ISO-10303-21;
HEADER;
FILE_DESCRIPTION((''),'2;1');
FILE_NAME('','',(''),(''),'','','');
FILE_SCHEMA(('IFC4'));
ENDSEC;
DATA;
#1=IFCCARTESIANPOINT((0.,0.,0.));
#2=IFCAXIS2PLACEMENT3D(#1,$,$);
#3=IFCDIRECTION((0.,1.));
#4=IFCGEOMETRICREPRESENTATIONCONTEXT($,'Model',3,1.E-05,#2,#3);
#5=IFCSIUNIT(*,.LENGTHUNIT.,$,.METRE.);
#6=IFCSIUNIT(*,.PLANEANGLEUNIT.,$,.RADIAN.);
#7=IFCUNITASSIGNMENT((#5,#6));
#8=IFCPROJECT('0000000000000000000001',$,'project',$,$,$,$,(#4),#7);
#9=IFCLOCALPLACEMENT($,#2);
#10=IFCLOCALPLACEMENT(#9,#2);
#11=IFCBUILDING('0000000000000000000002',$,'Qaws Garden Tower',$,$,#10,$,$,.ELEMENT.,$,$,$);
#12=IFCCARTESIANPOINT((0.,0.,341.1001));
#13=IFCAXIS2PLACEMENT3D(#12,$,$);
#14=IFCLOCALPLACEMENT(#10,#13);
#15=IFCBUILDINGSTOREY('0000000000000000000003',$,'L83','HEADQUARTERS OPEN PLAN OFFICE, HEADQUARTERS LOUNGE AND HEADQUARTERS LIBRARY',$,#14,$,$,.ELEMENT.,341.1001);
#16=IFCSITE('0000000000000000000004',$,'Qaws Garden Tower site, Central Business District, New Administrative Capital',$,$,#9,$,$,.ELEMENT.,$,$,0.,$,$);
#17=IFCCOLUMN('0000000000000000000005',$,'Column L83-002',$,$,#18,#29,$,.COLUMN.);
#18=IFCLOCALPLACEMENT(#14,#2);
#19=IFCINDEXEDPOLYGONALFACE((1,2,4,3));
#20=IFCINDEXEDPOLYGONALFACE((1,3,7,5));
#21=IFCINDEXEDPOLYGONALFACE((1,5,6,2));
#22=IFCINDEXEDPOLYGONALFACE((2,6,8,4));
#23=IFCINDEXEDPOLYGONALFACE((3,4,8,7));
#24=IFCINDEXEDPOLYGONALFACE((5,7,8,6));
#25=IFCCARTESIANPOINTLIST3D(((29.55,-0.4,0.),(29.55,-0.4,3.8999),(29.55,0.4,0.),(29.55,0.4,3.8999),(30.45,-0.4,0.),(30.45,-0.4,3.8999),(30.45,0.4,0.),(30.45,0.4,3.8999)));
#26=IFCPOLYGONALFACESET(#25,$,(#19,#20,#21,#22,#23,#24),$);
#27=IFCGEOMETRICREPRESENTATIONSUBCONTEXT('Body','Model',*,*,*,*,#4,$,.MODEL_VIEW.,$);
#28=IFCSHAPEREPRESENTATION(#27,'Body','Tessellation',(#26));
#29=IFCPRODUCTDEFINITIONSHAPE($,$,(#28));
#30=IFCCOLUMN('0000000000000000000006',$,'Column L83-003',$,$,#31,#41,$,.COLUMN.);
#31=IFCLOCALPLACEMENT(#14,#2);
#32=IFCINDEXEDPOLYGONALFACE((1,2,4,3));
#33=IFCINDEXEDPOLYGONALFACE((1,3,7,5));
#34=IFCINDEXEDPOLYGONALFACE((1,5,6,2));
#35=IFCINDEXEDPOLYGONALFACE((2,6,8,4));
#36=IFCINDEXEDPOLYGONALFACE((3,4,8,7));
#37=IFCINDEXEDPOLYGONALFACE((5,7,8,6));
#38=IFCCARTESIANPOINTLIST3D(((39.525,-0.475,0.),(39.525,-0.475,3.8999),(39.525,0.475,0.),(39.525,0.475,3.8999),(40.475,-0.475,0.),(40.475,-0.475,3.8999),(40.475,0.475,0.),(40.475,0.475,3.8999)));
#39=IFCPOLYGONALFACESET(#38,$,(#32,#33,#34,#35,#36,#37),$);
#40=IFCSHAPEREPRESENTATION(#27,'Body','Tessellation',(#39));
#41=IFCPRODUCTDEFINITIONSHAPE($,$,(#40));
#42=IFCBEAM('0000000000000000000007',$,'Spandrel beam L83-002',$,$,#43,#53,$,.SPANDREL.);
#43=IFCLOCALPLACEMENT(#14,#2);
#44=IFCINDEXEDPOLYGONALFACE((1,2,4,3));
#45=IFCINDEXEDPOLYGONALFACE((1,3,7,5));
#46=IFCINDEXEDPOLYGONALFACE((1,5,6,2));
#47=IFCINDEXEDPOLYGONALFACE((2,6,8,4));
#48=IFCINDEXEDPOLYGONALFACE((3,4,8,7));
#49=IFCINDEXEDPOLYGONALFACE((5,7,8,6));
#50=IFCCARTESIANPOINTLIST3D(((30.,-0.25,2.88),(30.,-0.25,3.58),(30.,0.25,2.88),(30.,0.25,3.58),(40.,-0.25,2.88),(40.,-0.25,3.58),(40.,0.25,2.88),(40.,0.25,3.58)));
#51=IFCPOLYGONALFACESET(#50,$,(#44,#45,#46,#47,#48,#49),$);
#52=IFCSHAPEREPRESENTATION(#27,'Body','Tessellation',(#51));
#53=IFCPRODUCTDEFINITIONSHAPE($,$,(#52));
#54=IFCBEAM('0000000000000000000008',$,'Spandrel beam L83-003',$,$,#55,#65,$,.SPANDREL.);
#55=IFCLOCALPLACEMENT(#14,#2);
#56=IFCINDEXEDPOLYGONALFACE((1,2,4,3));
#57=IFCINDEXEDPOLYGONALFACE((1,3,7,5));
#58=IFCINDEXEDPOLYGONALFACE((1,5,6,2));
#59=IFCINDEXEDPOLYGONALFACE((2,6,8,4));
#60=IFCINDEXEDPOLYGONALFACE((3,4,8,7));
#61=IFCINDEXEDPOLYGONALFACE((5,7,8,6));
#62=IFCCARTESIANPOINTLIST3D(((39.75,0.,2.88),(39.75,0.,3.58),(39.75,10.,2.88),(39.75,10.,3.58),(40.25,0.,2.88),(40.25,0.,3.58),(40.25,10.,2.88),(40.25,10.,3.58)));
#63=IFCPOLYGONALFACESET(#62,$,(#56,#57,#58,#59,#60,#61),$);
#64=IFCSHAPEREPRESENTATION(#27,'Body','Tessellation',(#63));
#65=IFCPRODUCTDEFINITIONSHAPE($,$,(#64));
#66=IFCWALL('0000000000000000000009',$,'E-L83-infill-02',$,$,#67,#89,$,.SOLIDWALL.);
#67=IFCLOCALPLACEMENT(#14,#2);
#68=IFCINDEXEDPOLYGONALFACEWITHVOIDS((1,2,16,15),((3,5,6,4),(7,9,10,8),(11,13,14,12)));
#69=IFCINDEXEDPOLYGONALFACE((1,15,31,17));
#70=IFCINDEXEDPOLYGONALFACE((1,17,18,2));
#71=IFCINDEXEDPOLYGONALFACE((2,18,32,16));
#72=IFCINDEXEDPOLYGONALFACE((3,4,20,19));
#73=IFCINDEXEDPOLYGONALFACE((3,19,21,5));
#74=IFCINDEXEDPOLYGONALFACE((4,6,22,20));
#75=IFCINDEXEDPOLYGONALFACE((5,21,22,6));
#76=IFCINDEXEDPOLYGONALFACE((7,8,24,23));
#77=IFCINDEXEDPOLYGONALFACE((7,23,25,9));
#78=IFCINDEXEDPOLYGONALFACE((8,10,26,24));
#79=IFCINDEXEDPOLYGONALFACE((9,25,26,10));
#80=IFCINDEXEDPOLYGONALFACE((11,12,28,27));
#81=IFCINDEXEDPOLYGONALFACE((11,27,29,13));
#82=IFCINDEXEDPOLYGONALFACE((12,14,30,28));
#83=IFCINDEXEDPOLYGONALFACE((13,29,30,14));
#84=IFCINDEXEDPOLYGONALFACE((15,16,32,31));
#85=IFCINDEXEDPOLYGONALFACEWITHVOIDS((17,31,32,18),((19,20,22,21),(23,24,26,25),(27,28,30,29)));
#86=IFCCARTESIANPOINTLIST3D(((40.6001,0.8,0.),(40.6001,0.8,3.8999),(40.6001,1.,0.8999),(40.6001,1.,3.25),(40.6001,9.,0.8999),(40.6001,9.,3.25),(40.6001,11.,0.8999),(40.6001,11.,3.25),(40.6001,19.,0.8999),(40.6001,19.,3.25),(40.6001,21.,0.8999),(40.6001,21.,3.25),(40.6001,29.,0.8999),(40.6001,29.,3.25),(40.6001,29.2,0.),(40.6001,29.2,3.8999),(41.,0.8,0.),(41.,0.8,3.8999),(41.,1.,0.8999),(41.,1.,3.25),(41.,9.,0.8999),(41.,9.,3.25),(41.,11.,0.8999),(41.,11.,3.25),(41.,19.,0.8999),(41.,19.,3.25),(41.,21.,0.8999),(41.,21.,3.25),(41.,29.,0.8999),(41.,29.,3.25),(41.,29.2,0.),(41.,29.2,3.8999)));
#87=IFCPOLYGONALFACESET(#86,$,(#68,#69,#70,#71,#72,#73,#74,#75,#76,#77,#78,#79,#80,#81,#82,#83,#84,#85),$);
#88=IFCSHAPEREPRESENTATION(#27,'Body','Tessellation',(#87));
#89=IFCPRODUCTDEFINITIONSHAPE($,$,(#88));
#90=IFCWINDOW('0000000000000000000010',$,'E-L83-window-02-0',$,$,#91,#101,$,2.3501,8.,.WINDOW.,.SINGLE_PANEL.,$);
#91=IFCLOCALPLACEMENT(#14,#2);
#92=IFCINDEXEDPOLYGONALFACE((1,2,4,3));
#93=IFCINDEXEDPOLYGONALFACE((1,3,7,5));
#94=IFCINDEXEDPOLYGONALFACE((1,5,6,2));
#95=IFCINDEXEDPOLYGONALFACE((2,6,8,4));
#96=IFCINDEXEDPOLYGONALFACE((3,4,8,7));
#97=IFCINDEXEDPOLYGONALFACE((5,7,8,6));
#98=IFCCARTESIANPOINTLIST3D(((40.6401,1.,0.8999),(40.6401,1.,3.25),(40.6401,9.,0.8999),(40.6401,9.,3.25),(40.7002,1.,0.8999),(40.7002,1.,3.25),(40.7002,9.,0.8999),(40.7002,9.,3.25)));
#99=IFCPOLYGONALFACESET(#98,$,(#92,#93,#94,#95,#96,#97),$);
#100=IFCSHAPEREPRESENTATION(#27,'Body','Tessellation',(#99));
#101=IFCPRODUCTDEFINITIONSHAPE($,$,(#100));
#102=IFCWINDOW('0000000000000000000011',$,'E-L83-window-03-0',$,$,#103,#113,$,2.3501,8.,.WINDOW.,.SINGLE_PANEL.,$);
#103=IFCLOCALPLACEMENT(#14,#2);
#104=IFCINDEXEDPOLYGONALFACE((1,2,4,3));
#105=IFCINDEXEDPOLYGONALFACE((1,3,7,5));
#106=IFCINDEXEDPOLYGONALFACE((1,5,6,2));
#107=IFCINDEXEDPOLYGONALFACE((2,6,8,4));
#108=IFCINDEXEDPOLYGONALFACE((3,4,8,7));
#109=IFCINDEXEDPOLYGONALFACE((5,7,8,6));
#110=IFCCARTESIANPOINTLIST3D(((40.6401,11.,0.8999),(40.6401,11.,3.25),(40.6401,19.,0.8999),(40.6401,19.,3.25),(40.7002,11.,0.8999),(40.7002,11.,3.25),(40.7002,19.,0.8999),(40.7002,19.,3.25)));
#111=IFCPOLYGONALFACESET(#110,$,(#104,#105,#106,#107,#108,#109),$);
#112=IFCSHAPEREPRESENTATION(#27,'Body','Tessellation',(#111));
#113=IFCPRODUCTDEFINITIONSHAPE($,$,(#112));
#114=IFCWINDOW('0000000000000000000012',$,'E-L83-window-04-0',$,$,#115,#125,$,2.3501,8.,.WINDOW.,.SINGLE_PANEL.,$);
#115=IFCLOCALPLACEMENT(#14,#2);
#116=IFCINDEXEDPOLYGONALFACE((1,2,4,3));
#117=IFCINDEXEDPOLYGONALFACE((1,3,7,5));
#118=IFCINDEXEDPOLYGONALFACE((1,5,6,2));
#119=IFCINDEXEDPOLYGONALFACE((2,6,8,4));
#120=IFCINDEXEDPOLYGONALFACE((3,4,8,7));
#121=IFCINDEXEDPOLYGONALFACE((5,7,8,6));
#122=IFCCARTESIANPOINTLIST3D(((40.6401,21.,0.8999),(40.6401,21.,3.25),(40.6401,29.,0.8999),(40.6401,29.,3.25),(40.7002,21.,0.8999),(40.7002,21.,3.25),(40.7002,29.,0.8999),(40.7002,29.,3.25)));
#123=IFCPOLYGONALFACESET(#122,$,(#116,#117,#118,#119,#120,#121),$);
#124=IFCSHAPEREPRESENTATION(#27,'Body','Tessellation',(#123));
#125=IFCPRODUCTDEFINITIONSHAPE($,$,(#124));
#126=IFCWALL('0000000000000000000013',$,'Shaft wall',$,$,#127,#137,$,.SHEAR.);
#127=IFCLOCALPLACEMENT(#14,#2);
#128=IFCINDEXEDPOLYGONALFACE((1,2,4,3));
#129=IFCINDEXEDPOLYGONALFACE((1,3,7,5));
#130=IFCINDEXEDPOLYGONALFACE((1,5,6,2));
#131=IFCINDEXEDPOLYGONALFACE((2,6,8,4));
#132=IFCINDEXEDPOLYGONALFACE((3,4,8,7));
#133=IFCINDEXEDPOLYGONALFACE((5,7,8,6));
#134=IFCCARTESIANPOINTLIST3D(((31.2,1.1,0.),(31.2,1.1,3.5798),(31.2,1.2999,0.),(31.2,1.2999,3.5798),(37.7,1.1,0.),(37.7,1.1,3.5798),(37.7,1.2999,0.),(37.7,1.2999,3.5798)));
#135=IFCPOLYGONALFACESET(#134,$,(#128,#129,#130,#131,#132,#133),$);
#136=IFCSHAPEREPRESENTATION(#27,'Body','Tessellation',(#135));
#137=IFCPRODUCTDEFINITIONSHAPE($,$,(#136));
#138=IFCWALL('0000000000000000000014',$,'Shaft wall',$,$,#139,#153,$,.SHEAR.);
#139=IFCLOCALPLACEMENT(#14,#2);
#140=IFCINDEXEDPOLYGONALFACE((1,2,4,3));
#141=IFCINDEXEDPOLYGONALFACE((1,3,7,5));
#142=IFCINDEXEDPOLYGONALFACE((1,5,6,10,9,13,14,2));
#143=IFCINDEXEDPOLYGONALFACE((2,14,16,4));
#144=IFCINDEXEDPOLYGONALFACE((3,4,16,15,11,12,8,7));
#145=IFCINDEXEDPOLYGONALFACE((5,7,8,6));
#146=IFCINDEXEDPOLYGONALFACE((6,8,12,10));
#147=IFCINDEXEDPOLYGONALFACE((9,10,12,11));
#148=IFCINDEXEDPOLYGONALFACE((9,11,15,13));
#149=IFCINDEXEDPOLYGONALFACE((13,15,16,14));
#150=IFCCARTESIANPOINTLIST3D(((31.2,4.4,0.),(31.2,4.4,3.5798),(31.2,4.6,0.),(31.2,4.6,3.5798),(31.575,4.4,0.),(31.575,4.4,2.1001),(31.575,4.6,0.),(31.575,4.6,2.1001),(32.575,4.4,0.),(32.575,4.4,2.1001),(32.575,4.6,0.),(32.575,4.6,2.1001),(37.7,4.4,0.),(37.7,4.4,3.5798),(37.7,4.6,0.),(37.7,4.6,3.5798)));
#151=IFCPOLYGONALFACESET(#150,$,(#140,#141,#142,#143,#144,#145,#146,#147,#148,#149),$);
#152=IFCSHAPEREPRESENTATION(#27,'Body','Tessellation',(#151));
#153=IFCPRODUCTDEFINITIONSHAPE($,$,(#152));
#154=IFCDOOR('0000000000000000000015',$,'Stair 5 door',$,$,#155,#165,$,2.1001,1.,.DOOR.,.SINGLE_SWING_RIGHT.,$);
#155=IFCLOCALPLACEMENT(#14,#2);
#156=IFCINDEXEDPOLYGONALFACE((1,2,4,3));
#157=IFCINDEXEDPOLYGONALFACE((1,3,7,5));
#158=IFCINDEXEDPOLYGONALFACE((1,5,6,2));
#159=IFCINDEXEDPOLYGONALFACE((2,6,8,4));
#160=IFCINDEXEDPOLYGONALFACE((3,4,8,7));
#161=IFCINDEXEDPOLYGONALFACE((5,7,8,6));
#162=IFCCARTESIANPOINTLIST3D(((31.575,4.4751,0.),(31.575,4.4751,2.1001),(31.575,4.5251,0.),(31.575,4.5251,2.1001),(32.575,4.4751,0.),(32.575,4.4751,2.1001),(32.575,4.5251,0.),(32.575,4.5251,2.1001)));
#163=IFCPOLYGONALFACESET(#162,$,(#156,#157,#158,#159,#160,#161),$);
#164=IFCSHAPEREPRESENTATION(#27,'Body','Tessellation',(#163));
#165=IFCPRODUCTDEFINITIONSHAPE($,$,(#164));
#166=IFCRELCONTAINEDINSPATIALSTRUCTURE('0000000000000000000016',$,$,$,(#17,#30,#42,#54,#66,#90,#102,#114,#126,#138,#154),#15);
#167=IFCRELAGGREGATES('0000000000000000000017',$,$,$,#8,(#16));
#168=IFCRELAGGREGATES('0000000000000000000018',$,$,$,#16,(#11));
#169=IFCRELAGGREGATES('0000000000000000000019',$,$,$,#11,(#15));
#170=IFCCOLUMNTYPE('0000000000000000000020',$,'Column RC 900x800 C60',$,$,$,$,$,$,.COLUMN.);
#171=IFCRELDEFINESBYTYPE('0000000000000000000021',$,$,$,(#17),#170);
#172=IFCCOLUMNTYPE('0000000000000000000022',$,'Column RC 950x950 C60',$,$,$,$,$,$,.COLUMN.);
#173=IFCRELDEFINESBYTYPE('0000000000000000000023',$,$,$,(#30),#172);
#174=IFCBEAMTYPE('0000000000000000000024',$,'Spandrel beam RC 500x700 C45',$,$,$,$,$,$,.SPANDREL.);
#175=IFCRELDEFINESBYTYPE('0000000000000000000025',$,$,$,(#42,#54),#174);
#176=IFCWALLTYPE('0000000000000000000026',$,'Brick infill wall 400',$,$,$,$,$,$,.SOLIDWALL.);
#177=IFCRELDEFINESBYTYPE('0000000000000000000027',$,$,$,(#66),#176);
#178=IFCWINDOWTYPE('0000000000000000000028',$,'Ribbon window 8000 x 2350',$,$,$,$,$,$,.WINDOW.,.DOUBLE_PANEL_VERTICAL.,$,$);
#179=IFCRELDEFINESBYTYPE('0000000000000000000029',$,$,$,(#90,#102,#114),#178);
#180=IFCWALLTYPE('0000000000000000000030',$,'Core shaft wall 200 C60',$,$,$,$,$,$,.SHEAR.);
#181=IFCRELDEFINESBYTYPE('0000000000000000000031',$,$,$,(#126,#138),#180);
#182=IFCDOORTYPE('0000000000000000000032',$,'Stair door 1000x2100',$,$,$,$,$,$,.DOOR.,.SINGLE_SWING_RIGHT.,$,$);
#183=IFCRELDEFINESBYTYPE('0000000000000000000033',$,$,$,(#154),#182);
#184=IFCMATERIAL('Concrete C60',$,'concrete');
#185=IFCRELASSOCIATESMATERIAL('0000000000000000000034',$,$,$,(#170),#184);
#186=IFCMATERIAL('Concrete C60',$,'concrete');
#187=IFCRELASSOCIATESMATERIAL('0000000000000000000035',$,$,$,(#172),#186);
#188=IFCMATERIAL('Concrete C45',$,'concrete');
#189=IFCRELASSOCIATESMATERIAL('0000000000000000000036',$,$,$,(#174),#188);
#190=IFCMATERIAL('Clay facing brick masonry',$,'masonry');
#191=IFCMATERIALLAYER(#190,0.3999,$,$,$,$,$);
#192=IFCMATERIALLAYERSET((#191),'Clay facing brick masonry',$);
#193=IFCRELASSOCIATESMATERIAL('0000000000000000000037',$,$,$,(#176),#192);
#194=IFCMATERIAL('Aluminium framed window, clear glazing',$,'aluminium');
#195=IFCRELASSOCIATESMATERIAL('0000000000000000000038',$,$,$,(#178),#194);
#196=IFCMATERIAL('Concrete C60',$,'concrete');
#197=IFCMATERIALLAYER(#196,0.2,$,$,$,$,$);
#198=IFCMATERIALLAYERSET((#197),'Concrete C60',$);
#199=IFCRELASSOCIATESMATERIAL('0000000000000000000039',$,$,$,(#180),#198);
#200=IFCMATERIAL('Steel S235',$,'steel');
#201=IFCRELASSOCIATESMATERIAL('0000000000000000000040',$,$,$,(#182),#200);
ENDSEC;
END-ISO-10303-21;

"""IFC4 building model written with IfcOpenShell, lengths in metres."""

from ifc_helpers import new_model, si_unit, direction, frame, frame_2d, origin, origin_2d, place, context, subcontext, project, spatial, rectangle, extrude, material, layer, layer_set, material_profile, profile_set, type_object, element, fill, save


model = new_model("IFC4")

# Units and contexts
model_context = context("Model", 3, precision=1e-05, world=origin(), true_north=direction((0.0, 1.0)))
body_context = subcontext(model_context, "Body", "Model", "MODEL_VIEW")
ifc_project = project(units=[si_unit("LENGTHUNIT", "METRE"), si_unit("PLANEANGLEUNIT", "RADIAN")], contexts=[model_context])

# Site, building, storey
site_placement = place(None, origin())
site = spatial("IfcSite", under=ifc_project, at=site_placement, Name="Qaws Garden Tower site, Central Business District, New Administrative Capital", CompositionType="ELEMENT", RefElevation=0.0)
building_placement = place(site_placement, origin())
building = spatial("IfcBuilding", under=site, at=building_placement, Name="Qaws Garden Tower", CompositionType="ELEMENT")
storey_placement = place(building_placement, frame((0.0, 0.0, 341.1001)))
storey = spatial("IfcBuildingStorey", under=building, at=storey_placement, Name="L83", Description="HEADQUARTERS OPEN PLAN OFFICE, HEADQUARTERS LOUNGE AND HEADQUARTERS LIBRARY", CompositionType="ELEMENT", Elevation=341.1001)

# Columns
ifc_material_1 = material(Name="Concrete C60", Category="concrete")
ifc_material_profile_1 = material_profile(ifc_material_1, rectangle(XDim=0.8999, YDim=0.8, at=origin_2d()), Name="RC 900x800")
ifc_profile_set_1 = profile_set([ifc_material_profile_1], Name="Concrete C60")
column_type_1 = type_object("IfcColumnType", Name="Column RC 900x800 C60", PredefinedType="COLUMN", material=ifc_profile_set_1)
column_1_placement = place(storey_placement, frame((30.0, 0.0, 0.0), z_axis=(0.0, 0.0, 1.0), x_axis=(1.0, 0.0, 0.0)))
element("IfcColumn", 1, at=column_1_placement, inside=storey, type_object=column_type_1, Name="Column L83-002", PredefinedType="COLUMN", context=body_context, shape_type="SweptSolid", body=[
    extrude(rectangle(XDim=0.8999, YDim=0.8, at=origin_2d()), origin(), (0.0, 0.0, 1.0), 3.8999),
])
ifc_material_2 = material(Name="Concrete C60", Category="concrete")
ifc_material_profile_2 = material_profile(ifc_material_2, rectangle(XDim=0.95, YDim=0.95, at=origin_2d()), Name="RC 950x950")
ifc_profile_set_2 = profile_set([ifc_material_profile_2], Name="Concrete C60")
column_type_2 = type_object("IfcColumnType", Name="Column RC 950x950 C60", PredefinedType="COLUMN", material=ifc_profile_set_2)
column_2_placement = place(storey_placement, frame((40.0, 0.0, 0.0), z_axis=(0.0, 0.0, 1.0), x_axis=(1.0, 0.0, 0.0)))
element("IfcColumn", 2, at=column_2_placement, inside=storey, type_object=column_type_2, Name="Column L83-003", PredefinedType="COLUMN", context=body_context, shape_type="SweptSolid", body=[
    extrude(rectangle(XDim=0.95, YDim=0.95, at=origin_2d()), origin(), (0.0, 0.0, 1.0), 3.8999),
])

# Beams
ifc_material_3 = material(Name="Concrete C45", Category="concrete")
ifc_material_profile_3 = material_profile(ifc_material_3, rectangle(XDim=0.5, YDim=0.7, at=origin_2d()), Name="RC 500x700")
ifc_profile_set_3 = profile_set([ifc_material_profile_3], Name="Concrete C45")
beam_type = type_object("IfcBeamType", Name="Spandrel beam RC 500x700 C45", PredefinedType="SPANDREL", material=ifc_profile_set_3)
for number, where, z_axis, x_axis, name in (
    (3, (30.0, 0.0, 3.23), (1.0, 0.0, 0.0), (0.0, 1.0, 0.0), "Spandrel beam L83-002"),
    (4, (40.0, 0.0, 3.23), (0.0, 1.0, 0.0), (-1.0, 0.0, 0.0), "Spandrel beam L83-003"),
):
    element("IfcBeam", number, at=place(storey_placement, frame(where, z_axis=z_axis, x_axis=x_axis)), inside=storey, type_object=beam_type, Name=name, PredefinedType="SPANDREL", context=body_context, shape_type="SweptSolid", body=[
        extrude(rectangle(XDim=0.5, YDim=0.7, at=origin_2d()), origin(), (0.0, 0.0, 1.0), 10.0),
    ])

# Wall, openings, windows
ifc_material_4 = material(Name="Clay facing brick masonry", Category="masonry")
ifc_layer_1 = layer(ifc_material_4, 0.3999)
ifc_layer_set_1 = layer_set([ifc_layer_1], Name="Clay facing brick masonry")
wall_type_1 = type_object("IfcWallType", Name="Brick infill wall 400", PredefinedType="SOLIDWALL", material=ifc_layer_set_1)
wall_1_placement = place(storey_placement, frame((40.8, 0.8, 0.0), z_axis=(0.0, 0.0, 1.0), x_axis=(0.0, 1.0, 0.0)))
wall_1 = element("IfcWall", 5, at=wall_1_placement, inside=storey, type_object=wall_type_1, Name="E-L83-infill-02", PredefinedType="SOLIDWALL", context=body_context, shape_type="SweptSolid", body=[
    extrude(rectangle(XDim=28.3999, YDim=0.3999, at=frame_2d((14.2, 0.0))), origin(), (0.0, 0.0, 1.0), 3.8999),
])
opening_1_placement = place(wall_1_placement, frame((0.2, 0.0, 0.8999)))
opening_1 = element("IfcOpeningElement", 6, at=opening_1_placement, cuts=wall_1, PredefinedType="OPENING", context=body_context, shape_type="SweptSolid", body=[
    extrude(rectangle(XDim=8.0, YDim=2.3501, at=frame_2d((4.0, 1.175))), frame((0.0, 0.21, 0.0), z_axis=(0.0, -1.0, 0.0), x_axis=(1.0, 0.0, 0.0)), (0.0, 0.0, 1.0), 0.4199),
])
opening_2_placement = place(wall_1_placement, frame((10.2, 0.0, 0.8999)))
opening_2 = element("IfcOpeningElement", 7, at=opening_2_placement, cuts=wall_1, PredefinedType="OPENING", context=body_context, shape_type="SweptSolid", body=[
    extrude(rectangle(XDim=8.0, YDim=2.3501, at=frame_2d((4.0, 1.175))), frame((0.0, 0.21, 0.0), z_axis=(0.0, -1.0, 0.0), x_axis=(1.0, 0.0, 0.0)), (0.0, 0.0, 1.0), 0.4199),
])
opening_3_placement = place(wall_1_placement, frame((20.2, 0.0, 0.8999)))
opening_3 = element("IfcOpeningElement", 8, at=opening_3_placement, cuts=wall_1, PredefinedType="OPENING", context=body_context, shape_type="SweptSolid", body=[
    extrude(rectangle(XDim=8.0, YDim=2.3501, at=frame_2d((4.0, 1.175))), frame((0.0, 0.21, 0.0), z_axis=(0.0, -1.0, 0.0), x_axis=(1.0, 0.0, 0.0)), (0.0, 0.0, 1.0), 0.4199),
])
ifc_material_5 = material(Name="Aluminium framed window, clear glazing", Category="aluminium")
window_type = type_object("IfcWindowType", Name="Ribbon window 8000 x 2350", PartitioningType="DOUBLE_PANEL_VERTICAL", PredefinedType="WINDOW", material=ifc_material_5)
window_1_placement = place(opening_1_placement, origin())
window_1 = element("IfcWindow", 9, at=window_1_placement, inside=storey, type_object=window_type, Name="E-L83-window-02-0", OverallHeight=2.3501, OverallWidth=8.0, PartitioningType="SINGLE_PANEL", PredefinedType="WINDOW", context=body_context, shape_type="SweptSolid", body=[
    extrude(rectangle(XDim=8.0, YDim=2.3501, at=frame_2d((4.0, 1.175))), frame((0.0, 0.1599, 0.0), z_axis=(0.0, -1.0, 0.0), x_axis=(1.0, 0.0, 0.0)), (0.0, 0.0, 1.0), 0.0601),
])
fill(opening_1, window_1)
window_2_placement = place(opening_2_placement, origin())
window_2 = element("IfcWindow", 10, at=window_2_placement, inside=storey, type_object=window_type, Name="E-L83-window-03-0", OverallHeight=2.3501, OverallWidth=8.0, PartitioningType="SINGLE_PANEL", PredefinedType="WINDOW", context=body_context, shape_type="SweptSolid", body=[
    extrude(rectangle(XDim=8.0, YDim=2.3501, at=frame_2d((4.0, 1.175))), frame((0.0, 0.1599, 0.0), z_axis=(0.0, -1.0, 0.0), x_axis=(1.0, 0.0, 0.0)), (0.0, 0.0, 1.0), 0.0601),
])
fill(opening_2, window_2)
window_3_placement = place(opening_3_placement, origin())
window_3 = element("IfcWindow", 11, at=window_3_placement, inside=storey, type_object=window_type, Name="E-L83-window-04-0", OverallHeight=2.3501, OverallWidth=8.0, PartitioningType="SINGLE_PANEL", PredefinedType="WINDOW", context=body_context, shape_type="SweptSolid", body=[
    extrude(rectangle(XDim=8.0, YDim=2.3501, at=frame_2d((4.0, 1.175))), frame((0.0, 0.1599, 0.0), z_axis=(0.0, -1.0, 0.0), x_axis=(1.0, 0.0, 0.0)), (0.0, 0.0, 1.0), 0.0601),
])
fill(opening_3, window_3)

# Wall
ifc_material_6 = material(Name="Concrete C60", Category="concrete")
ifc_layer_2 = layer(ifc_material_6, 0.2)
ifc_layer_set_2 = layer_set([ifc_layer_2], Name="Concrete C60")
wall_type_2 = type_object("IfcWallType", Name="Core shaft wall 200 C60", PredefinedType="SHEAR", material=ifc_layer_set_2)
wall_2_placement = place(storey_placement, frame((31.2, 1.2, 0.0), z_axis=(0.0, 0.0, 1.0), x_axis=(1.0, 0.0, 0.0)))
element("IfcWall", 12, at=wall_2_placement, inside=storey, type_object=wall_type_2, Name="Shaft wall", PredefinedType="SHEAR", context=body_context, shape_type="SweptSolid", body=[
    extrude(rectangle(XDim=6.5, YDim=0.2, at=frame_2d((3.25, 0.0))), origin(), (0.0, 0.0, 1.0), 3.5798),
])

# Wall, opening, door
wall_3_placement = place(storey_placement, frame((31.2, 4.5, 0.0), z_axis=(0.0, 0.0, 1.0), x_axis=(1.0, 0.0, 0.0)))
wall_3 = element("IfcWall", 13, at=wall_3_placement, inside=storey, type_object=wall_type_2, Name="Shaft wall", PredefinedType="SHEAR", context=body_context, shape_type="SweptSolid", body=[
    extrude(rectangle(XDim=6.5, YDim=0.2, at=frame_2d((3.25, 0.0))), origin(), (0.0, 0.0, 1.0), 3.5798),
])
opening_4_placement = place(wall_3_placement, frame((0.375, 0.0, 0.0)))
opening_4 = element("IfcOpeningElement", 14, at=opening_4_placement, cuts=wall_3, PredefinedType="OPENING", context=body_context, shape_type="SweptSolid", body=[
    extrude(rectangle(XDim=1.0, YDim=2.1001, at=frame_2d((0.5, 1.05))), frame((0.0, 0.1099, 0.0), z_axis=(0.0, -1.0, 0.0), x_axis=(1.0, 0.0, 0.0)), (0.0, 0.0, 1.0), 0.22),
])
ifc_material_7 = material(Name="Steel S235", Category="steel")
door_type = type_object("IfcDoorType", Name="Stair door 1000x2100", OperationType="SINGLE_SWING_RIGHT", PredefinedType="DOOR", material=ifc_material_7)
door_placement = place(opening_4_placement, frame((1.0, 0.0, 0.0), z_axis=(0.0, 0.0, 1.0), x_axis=(-1.0, 0.0, 0.0)))
door = element("IfcDoor", 15, at=door_placement, inside=storey, type_object=door_type, Name="Stair 5 door", OperationType="SINGLE_SWING_RIGHT", OverallHeight=2.1001, OverallWidth=1.0, PredefinedType="DOOR", context=body_context, shape_type="SweptSolid", body=[
    extrude(rectangle(XDim=1.0, YDim=2.1001, at=frame_2d((0.5, 1.05))), frame((0.0, 0.0249, 0.0), z_axis=(0.0, -1.0, 0.0), x_axis=(1.0, 0.0, 0.0)), (0.0, 0.0, 1.0), 0.05),
])
fill(opening_4, door)

save(model, "model.ifc")
